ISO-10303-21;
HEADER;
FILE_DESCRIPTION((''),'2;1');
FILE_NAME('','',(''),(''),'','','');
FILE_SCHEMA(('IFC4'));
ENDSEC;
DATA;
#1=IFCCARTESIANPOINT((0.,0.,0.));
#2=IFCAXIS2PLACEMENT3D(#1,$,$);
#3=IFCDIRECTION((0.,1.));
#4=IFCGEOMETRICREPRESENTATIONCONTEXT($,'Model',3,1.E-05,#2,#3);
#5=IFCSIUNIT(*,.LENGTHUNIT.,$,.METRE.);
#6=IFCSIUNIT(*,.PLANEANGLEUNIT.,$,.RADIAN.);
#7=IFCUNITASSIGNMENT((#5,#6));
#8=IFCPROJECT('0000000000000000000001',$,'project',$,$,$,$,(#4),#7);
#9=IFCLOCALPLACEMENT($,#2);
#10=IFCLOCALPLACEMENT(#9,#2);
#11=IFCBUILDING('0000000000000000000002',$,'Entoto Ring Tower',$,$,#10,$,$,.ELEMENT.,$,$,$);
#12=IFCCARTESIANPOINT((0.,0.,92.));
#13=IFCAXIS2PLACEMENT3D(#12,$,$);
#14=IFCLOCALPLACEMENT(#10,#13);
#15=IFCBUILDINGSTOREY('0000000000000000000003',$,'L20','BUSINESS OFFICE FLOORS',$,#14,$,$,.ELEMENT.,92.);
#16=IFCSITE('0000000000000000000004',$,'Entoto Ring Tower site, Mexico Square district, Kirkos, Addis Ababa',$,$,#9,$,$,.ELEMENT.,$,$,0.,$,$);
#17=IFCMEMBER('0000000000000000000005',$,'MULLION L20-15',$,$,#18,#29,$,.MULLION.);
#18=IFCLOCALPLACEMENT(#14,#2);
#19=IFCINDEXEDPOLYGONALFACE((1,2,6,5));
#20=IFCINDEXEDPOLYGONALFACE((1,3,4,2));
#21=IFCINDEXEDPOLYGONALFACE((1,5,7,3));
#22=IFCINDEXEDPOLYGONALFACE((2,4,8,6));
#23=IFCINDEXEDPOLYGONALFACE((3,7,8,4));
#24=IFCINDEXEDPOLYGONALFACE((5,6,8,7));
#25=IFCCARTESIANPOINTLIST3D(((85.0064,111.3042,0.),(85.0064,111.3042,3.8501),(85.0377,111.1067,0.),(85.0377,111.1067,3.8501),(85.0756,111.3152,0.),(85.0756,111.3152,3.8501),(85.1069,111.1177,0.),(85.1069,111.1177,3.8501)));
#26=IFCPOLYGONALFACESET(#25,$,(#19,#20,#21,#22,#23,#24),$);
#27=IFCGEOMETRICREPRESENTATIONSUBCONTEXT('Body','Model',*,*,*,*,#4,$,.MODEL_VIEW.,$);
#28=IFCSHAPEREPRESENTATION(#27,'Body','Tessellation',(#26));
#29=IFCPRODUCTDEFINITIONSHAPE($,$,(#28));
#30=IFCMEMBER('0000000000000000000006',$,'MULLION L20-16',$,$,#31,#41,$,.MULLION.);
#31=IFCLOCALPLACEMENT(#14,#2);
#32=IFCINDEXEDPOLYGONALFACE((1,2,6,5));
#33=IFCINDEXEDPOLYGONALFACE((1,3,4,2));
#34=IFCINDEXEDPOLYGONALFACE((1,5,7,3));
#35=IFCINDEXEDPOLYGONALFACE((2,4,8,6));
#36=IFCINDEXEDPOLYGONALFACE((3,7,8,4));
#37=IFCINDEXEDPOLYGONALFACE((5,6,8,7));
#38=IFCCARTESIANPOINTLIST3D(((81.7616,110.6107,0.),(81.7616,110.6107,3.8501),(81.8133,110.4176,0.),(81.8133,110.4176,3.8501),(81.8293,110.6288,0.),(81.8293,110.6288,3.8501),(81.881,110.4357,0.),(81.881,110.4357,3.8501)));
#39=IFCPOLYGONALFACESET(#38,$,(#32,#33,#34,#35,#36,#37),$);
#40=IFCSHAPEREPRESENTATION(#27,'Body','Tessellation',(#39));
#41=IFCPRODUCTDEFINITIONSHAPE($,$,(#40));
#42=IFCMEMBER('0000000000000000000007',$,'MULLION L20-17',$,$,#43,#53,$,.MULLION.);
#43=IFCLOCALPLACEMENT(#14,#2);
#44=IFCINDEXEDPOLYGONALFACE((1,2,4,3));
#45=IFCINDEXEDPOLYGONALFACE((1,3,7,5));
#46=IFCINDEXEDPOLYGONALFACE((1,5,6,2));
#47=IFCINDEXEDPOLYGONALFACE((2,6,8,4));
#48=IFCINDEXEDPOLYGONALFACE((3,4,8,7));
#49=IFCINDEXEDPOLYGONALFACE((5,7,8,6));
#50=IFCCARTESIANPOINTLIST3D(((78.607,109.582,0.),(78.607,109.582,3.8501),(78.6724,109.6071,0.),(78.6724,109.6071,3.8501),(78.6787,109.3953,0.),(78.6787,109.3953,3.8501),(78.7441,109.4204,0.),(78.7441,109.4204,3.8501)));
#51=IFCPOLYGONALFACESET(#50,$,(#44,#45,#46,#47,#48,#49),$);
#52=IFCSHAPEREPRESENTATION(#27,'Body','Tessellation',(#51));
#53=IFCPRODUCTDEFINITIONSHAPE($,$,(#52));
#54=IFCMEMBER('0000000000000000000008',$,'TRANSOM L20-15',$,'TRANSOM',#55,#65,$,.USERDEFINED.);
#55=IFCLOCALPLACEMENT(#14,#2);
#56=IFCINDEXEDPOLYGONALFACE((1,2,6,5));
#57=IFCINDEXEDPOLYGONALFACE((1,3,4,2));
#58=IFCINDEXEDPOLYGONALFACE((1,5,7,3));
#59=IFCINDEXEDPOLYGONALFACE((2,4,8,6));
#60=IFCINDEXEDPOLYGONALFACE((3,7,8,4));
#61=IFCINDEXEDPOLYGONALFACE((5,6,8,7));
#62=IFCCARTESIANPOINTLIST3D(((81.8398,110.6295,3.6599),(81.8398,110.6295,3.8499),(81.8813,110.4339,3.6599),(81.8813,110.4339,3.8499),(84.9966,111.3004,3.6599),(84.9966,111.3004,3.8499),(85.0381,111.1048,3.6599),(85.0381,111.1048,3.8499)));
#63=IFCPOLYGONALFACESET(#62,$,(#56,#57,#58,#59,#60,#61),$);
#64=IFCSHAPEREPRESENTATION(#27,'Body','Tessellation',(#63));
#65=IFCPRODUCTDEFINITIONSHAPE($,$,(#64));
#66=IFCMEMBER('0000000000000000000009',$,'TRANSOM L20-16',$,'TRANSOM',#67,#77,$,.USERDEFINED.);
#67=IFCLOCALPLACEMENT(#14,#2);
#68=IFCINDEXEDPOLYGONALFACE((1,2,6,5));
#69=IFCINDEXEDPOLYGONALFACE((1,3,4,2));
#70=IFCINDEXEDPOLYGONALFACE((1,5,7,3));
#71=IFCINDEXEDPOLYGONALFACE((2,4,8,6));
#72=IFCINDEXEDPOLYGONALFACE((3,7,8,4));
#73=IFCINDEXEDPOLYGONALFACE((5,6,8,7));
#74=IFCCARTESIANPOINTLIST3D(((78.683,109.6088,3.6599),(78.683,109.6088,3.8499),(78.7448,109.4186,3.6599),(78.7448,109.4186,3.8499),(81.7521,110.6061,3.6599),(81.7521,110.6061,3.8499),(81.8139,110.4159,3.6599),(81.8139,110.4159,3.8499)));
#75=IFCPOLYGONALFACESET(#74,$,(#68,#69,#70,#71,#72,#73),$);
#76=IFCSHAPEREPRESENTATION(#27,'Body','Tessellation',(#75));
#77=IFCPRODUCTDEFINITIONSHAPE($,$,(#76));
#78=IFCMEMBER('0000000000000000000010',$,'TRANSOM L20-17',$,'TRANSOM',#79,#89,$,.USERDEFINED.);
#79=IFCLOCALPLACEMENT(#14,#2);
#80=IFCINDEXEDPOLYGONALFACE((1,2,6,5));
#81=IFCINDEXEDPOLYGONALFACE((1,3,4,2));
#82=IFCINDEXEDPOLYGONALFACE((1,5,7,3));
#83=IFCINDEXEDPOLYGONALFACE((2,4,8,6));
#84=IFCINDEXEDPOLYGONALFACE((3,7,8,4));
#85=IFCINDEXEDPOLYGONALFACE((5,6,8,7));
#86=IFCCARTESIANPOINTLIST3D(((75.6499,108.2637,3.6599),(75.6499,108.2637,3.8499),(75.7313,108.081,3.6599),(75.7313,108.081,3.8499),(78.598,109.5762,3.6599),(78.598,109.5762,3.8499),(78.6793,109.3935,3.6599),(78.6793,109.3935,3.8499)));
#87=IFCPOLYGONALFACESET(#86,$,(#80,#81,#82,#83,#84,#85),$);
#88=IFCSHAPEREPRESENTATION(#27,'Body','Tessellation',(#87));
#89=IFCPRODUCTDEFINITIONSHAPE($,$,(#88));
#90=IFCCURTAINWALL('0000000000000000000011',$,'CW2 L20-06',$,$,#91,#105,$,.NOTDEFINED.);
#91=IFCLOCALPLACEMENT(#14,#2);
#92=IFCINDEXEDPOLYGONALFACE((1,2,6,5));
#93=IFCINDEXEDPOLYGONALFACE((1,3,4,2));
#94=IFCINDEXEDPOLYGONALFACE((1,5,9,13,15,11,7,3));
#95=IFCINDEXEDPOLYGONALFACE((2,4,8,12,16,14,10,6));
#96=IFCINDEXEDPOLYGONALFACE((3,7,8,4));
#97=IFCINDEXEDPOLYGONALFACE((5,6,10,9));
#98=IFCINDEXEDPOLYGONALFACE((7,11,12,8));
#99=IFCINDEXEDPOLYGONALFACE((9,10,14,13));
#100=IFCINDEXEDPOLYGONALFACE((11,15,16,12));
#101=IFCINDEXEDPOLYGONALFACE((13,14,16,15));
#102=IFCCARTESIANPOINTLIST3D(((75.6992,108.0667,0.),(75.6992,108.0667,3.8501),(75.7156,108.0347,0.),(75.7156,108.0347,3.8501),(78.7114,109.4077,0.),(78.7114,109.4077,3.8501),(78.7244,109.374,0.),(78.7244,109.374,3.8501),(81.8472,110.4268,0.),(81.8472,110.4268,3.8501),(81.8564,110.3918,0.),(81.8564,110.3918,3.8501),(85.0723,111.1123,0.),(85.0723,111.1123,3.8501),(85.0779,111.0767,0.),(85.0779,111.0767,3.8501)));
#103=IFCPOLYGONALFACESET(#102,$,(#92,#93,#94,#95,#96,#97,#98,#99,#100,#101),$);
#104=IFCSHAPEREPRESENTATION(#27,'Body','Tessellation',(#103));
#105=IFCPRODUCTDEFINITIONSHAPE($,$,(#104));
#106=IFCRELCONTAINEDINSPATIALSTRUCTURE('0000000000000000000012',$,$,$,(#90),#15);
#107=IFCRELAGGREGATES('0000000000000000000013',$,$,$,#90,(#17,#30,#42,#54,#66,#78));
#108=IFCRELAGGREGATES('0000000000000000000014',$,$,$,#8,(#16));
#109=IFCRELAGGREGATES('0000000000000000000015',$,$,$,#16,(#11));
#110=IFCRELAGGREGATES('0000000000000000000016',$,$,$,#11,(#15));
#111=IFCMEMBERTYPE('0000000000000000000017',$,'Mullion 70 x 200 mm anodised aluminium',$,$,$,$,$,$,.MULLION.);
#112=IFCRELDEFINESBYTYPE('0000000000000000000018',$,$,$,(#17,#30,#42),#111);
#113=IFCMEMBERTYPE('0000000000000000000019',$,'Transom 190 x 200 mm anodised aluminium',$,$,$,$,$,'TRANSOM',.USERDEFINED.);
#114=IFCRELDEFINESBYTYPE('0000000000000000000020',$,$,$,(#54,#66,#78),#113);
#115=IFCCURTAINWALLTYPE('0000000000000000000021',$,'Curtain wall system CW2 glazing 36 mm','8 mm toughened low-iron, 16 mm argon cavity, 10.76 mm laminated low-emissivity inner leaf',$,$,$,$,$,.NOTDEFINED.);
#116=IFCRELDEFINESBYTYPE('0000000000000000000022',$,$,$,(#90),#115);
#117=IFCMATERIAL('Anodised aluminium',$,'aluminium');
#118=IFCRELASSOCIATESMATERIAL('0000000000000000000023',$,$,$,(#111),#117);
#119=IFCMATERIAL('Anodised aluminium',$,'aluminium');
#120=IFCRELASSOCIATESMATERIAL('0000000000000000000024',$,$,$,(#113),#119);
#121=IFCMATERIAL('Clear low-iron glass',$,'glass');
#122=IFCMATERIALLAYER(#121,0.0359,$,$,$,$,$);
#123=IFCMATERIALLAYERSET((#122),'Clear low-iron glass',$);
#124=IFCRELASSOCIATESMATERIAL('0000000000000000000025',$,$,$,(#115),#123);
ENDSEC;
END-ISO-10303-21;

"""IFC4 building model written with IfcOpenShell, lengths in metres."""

from ifc_helpers import new_model, si_unit, direction, frame, origin, origin_2d, place, context, subcontext, project, spatial, polyline, rectangle, outline, extrude, material, layer, layer_set, material_profile, profile_set, type_object, element, aggregate, save


model = new_model("IFC4")

# Units and contexts
model_context = context("Model", 3, precision=1e-05, world=origin(), true_north=direction((0.0, 1.0)))
body_context = subcontext(model_context, "Body", "Model", "MODEL_VIEW")
ifc_project = project(units=[si_unit("LENGTHUNIT", "METRE"), si_unit("PLANEANGLEUNIT", "RADIAN")], contexts=[model_context])

# Members
ifc_material_1 = material(Name="Anodised aluminium", Category="aluminium")
ifc_material_profile_1 = material_profile(ifc_material_1, rectangle(XDim=0.0701, YDim=0.2, at=origin_2d()), Name="Mullion 70 x 200 mm anodised aluminium")
ifc_profile_set_1 = profile_set([ifc_material_profile_1], Name="Anodised aluminium")
member_type_1 = type_object("IfcMemberType", Name="Mullion 70 x 200 mm anodised aluminium", PredefinedType="MULLION", material=ifc_profile_set_1)
site_placement = place(None, origin())
building_placement = place(site_placement, origin())
storey_placement = place(building_placement, frame((0.0, 0.0, 92.0)))
member_1_placement = place(storey_placement, frame((85.0566, 111.2109, 0.0), z_axis=(0.0, 0.0, 1.0), x_axis=(-0.987688, -0.156434, 0.0)))
member_1 = element("IfcMember", 1, at=member_1_placement, type_object=member_type_1, Name="MULLION L20-15", PredefinedType="MULLION", context=body_context, shape_type="SweptSolid", body=[
    extrude(rectangle(XDim=0.0701, YDim=0.2, at=origin_2d()), origin(), (0.0, 0.0, 1.0), 3.8501),
])
member_2_placement = place(storey_placement, frame((81.8213, 110.5232, 0.0), z_axis=(0.0, 0.0, 1.0), x_axis=(-0.965926, -0.258819, 0.0)))
member_2 = element("IfcMember", 2, at=member_2_placement, type_object=member_type_1, Name="MULLION L20-16", PredefinedType="MULLION", context=body_context, shape_type="SweptSolid", body=[
    extrude(rectangle(XDim=0.0701, YDim=0.2, at=origin_2d()), origin(), (0.0, 0.0, 1.0), 3.8501),
])
member_3_placement = place(storey_placement, frame((78.6755, 109.5012, 0.0), z_axis=(0.0, 0.0, 1.0), x_axis=(-0.93358, -0.358368, 0.0)))
member_3 = element("IfcMember", 3, at=member_3_placement, type_object=member_type_1, Name="MULLION L20-17", PredefinedType="MULLION", context=body_context, shape_type="SweptSolid", body=[
    extrude(rectangle(XDim=0.0701, YDim=0.2, at=origin_2d()), origin(), (0.0, 0.0, 1.0), 3.8501),
])
ifc_material_2 = material(Name="Anodised aluminium", Category="aluminium")
ifc_material_profile_2 = material_profile(ifc_material_2, rectangle(XDim=0.2, YDim=0.1899, at=origin_2d()), Name="Transom 190 x 200 mm anodised aluminium")
ifc_profile_set_2 = profile_set([ifc_material_profile_2], Name="Anodised aluminium")
member_type_2 = type_object("IfcMemberType", Name="Transom 190 x 200 mm anodised aluminium", ElementType="TRANSOM", PredefinedType="USERDEFINED", material=ifc_profile_set_2)
member_4_placement = place(storey_placement, frame((85.0173, 111.2026, 3.7549), z_axis=(-0.978153, -0.207886, 0.0), x_axis=(0.207886, -0.978153, 0.0)))
member_4 = element("IfcMember", 4, at=member_4_placement, type_object=member_type_2, Name="TRANSOM L20-15", ObjectType="TRANSOM", PredefinedType="USERDEFINED", context=body_context, shape_type="SweptSolid", body=[
    extrude(rectangle(XDim=0.2, YDim=0.1899, at=origin_2d()), origin(), (0.0, 0.0, 1.0), 3.2273),
])
member_5_placement = place(storey_placement, frame((81.783, 110.511, 3.7549), z_axis=(-0.951047, -0.309047, 0.0), x_axis=(0.309047, -0.951047, 0.0)))
member_5 = element("IfcMember", 5, at=member_5_placement, type_object=member_type_2, Name="TRANSOM L20-16", ObjectType="TRANSOM", PredefinedType="USERDEFINED", context=body_context, shape_type="SweptSolid", body=[
    extrude(rectangle(XDim=0.2, YDim=0.1899, at=origin_2d()), origin(), (0.0, 0.0, 1.0), 3.2271),
])
member_6_placement = place(storey_placement, frame((78.6387, 109.4849, 3.7549), z_axis=(-0.913549, -0.406728, 0.0), x_axis=(0.406728, -0.913549, 0.0)))
member_6 = element("IfcMember", 6, at=member_6_placement, type_object=member_type_2, Name="TRANSOM L20-17", ObjectType="TRANSOM", PredefinedType="USERDEFINED", context=body_context, shape_type="SweptSolid", body=[
    extrude(rectangle(XDim=0.2, YDim=0.1899, at=origin_2d()), origin(), (0.0, 0.0, 1.0), 3.2271),
])

# Site, building, storey
site = spatial("IfcSite", under=ifc_project, at=site_placement, Name="Entoto Ring Tower site, Mexico Square district, Kirkos, Addis Ababa", CompositionType="ELEMENT", RefElevation=0.0)
building = spatial("IfcBuilding", under=site, at=building_placement, Name="Entoto Ring Tower", CompositionType="ELEMENT")
storey = spatial("IfcBuildingStorey", under=building, at=storey_placement, Name="L20", Description="BUSINESS OFFICE FLOORS", CompositionType="ELEMENT", Elevation=92.0)

# Curtain wall
ifc_material_3 = material(Name="Clear low-iron glass", Category="glass")
ifc_layer = layer(ifc_material_3, 0.0359)
ifc_layer_set = layer_set([ifc_layer], Name="Clear low-iron glass")
curtain_wall_type = type_object("IfcCurtainWallType", Name="Curtain wall system CW2 glazing 36 mm", Description="8 mm toughened low-iron, 16 mm argon cavity, 10.76 mm laminated low-emissivity inner leaf", PredefinedType="NOTDEFINED", material=ifc_layer_set)
curtain_wall_1_placement = place(storey_placement, origin())
curtain_wall_1 = element("IfcCurtainWall", 7, at=curtain_wall_1_placement, inside=storey, type_object=curtain_wall_type, Name="CW2 L20-06", PredefinedType="NOTDEFINED", context=body_context, shape_type="SweptSolid", body=[
    extrude(outline(polyline([(85.0723, 111.1123), (81.8472, 110.4268), (78.7114, 109.4077), (75.6992, 108.0667), (75.7156, 108.0347), (78.7244, 109.374), (81.8564, 110.3918), (85.0779, 111.0767), (85.0723, 111.1123)])), origin(), (0.0, 0.0, 1.0), 3.8501),
])
aggregate(curtain_wall_1, [member_1, member_2, member_3, member_4, member_5, member_6])

save(model, "model.ifc")
